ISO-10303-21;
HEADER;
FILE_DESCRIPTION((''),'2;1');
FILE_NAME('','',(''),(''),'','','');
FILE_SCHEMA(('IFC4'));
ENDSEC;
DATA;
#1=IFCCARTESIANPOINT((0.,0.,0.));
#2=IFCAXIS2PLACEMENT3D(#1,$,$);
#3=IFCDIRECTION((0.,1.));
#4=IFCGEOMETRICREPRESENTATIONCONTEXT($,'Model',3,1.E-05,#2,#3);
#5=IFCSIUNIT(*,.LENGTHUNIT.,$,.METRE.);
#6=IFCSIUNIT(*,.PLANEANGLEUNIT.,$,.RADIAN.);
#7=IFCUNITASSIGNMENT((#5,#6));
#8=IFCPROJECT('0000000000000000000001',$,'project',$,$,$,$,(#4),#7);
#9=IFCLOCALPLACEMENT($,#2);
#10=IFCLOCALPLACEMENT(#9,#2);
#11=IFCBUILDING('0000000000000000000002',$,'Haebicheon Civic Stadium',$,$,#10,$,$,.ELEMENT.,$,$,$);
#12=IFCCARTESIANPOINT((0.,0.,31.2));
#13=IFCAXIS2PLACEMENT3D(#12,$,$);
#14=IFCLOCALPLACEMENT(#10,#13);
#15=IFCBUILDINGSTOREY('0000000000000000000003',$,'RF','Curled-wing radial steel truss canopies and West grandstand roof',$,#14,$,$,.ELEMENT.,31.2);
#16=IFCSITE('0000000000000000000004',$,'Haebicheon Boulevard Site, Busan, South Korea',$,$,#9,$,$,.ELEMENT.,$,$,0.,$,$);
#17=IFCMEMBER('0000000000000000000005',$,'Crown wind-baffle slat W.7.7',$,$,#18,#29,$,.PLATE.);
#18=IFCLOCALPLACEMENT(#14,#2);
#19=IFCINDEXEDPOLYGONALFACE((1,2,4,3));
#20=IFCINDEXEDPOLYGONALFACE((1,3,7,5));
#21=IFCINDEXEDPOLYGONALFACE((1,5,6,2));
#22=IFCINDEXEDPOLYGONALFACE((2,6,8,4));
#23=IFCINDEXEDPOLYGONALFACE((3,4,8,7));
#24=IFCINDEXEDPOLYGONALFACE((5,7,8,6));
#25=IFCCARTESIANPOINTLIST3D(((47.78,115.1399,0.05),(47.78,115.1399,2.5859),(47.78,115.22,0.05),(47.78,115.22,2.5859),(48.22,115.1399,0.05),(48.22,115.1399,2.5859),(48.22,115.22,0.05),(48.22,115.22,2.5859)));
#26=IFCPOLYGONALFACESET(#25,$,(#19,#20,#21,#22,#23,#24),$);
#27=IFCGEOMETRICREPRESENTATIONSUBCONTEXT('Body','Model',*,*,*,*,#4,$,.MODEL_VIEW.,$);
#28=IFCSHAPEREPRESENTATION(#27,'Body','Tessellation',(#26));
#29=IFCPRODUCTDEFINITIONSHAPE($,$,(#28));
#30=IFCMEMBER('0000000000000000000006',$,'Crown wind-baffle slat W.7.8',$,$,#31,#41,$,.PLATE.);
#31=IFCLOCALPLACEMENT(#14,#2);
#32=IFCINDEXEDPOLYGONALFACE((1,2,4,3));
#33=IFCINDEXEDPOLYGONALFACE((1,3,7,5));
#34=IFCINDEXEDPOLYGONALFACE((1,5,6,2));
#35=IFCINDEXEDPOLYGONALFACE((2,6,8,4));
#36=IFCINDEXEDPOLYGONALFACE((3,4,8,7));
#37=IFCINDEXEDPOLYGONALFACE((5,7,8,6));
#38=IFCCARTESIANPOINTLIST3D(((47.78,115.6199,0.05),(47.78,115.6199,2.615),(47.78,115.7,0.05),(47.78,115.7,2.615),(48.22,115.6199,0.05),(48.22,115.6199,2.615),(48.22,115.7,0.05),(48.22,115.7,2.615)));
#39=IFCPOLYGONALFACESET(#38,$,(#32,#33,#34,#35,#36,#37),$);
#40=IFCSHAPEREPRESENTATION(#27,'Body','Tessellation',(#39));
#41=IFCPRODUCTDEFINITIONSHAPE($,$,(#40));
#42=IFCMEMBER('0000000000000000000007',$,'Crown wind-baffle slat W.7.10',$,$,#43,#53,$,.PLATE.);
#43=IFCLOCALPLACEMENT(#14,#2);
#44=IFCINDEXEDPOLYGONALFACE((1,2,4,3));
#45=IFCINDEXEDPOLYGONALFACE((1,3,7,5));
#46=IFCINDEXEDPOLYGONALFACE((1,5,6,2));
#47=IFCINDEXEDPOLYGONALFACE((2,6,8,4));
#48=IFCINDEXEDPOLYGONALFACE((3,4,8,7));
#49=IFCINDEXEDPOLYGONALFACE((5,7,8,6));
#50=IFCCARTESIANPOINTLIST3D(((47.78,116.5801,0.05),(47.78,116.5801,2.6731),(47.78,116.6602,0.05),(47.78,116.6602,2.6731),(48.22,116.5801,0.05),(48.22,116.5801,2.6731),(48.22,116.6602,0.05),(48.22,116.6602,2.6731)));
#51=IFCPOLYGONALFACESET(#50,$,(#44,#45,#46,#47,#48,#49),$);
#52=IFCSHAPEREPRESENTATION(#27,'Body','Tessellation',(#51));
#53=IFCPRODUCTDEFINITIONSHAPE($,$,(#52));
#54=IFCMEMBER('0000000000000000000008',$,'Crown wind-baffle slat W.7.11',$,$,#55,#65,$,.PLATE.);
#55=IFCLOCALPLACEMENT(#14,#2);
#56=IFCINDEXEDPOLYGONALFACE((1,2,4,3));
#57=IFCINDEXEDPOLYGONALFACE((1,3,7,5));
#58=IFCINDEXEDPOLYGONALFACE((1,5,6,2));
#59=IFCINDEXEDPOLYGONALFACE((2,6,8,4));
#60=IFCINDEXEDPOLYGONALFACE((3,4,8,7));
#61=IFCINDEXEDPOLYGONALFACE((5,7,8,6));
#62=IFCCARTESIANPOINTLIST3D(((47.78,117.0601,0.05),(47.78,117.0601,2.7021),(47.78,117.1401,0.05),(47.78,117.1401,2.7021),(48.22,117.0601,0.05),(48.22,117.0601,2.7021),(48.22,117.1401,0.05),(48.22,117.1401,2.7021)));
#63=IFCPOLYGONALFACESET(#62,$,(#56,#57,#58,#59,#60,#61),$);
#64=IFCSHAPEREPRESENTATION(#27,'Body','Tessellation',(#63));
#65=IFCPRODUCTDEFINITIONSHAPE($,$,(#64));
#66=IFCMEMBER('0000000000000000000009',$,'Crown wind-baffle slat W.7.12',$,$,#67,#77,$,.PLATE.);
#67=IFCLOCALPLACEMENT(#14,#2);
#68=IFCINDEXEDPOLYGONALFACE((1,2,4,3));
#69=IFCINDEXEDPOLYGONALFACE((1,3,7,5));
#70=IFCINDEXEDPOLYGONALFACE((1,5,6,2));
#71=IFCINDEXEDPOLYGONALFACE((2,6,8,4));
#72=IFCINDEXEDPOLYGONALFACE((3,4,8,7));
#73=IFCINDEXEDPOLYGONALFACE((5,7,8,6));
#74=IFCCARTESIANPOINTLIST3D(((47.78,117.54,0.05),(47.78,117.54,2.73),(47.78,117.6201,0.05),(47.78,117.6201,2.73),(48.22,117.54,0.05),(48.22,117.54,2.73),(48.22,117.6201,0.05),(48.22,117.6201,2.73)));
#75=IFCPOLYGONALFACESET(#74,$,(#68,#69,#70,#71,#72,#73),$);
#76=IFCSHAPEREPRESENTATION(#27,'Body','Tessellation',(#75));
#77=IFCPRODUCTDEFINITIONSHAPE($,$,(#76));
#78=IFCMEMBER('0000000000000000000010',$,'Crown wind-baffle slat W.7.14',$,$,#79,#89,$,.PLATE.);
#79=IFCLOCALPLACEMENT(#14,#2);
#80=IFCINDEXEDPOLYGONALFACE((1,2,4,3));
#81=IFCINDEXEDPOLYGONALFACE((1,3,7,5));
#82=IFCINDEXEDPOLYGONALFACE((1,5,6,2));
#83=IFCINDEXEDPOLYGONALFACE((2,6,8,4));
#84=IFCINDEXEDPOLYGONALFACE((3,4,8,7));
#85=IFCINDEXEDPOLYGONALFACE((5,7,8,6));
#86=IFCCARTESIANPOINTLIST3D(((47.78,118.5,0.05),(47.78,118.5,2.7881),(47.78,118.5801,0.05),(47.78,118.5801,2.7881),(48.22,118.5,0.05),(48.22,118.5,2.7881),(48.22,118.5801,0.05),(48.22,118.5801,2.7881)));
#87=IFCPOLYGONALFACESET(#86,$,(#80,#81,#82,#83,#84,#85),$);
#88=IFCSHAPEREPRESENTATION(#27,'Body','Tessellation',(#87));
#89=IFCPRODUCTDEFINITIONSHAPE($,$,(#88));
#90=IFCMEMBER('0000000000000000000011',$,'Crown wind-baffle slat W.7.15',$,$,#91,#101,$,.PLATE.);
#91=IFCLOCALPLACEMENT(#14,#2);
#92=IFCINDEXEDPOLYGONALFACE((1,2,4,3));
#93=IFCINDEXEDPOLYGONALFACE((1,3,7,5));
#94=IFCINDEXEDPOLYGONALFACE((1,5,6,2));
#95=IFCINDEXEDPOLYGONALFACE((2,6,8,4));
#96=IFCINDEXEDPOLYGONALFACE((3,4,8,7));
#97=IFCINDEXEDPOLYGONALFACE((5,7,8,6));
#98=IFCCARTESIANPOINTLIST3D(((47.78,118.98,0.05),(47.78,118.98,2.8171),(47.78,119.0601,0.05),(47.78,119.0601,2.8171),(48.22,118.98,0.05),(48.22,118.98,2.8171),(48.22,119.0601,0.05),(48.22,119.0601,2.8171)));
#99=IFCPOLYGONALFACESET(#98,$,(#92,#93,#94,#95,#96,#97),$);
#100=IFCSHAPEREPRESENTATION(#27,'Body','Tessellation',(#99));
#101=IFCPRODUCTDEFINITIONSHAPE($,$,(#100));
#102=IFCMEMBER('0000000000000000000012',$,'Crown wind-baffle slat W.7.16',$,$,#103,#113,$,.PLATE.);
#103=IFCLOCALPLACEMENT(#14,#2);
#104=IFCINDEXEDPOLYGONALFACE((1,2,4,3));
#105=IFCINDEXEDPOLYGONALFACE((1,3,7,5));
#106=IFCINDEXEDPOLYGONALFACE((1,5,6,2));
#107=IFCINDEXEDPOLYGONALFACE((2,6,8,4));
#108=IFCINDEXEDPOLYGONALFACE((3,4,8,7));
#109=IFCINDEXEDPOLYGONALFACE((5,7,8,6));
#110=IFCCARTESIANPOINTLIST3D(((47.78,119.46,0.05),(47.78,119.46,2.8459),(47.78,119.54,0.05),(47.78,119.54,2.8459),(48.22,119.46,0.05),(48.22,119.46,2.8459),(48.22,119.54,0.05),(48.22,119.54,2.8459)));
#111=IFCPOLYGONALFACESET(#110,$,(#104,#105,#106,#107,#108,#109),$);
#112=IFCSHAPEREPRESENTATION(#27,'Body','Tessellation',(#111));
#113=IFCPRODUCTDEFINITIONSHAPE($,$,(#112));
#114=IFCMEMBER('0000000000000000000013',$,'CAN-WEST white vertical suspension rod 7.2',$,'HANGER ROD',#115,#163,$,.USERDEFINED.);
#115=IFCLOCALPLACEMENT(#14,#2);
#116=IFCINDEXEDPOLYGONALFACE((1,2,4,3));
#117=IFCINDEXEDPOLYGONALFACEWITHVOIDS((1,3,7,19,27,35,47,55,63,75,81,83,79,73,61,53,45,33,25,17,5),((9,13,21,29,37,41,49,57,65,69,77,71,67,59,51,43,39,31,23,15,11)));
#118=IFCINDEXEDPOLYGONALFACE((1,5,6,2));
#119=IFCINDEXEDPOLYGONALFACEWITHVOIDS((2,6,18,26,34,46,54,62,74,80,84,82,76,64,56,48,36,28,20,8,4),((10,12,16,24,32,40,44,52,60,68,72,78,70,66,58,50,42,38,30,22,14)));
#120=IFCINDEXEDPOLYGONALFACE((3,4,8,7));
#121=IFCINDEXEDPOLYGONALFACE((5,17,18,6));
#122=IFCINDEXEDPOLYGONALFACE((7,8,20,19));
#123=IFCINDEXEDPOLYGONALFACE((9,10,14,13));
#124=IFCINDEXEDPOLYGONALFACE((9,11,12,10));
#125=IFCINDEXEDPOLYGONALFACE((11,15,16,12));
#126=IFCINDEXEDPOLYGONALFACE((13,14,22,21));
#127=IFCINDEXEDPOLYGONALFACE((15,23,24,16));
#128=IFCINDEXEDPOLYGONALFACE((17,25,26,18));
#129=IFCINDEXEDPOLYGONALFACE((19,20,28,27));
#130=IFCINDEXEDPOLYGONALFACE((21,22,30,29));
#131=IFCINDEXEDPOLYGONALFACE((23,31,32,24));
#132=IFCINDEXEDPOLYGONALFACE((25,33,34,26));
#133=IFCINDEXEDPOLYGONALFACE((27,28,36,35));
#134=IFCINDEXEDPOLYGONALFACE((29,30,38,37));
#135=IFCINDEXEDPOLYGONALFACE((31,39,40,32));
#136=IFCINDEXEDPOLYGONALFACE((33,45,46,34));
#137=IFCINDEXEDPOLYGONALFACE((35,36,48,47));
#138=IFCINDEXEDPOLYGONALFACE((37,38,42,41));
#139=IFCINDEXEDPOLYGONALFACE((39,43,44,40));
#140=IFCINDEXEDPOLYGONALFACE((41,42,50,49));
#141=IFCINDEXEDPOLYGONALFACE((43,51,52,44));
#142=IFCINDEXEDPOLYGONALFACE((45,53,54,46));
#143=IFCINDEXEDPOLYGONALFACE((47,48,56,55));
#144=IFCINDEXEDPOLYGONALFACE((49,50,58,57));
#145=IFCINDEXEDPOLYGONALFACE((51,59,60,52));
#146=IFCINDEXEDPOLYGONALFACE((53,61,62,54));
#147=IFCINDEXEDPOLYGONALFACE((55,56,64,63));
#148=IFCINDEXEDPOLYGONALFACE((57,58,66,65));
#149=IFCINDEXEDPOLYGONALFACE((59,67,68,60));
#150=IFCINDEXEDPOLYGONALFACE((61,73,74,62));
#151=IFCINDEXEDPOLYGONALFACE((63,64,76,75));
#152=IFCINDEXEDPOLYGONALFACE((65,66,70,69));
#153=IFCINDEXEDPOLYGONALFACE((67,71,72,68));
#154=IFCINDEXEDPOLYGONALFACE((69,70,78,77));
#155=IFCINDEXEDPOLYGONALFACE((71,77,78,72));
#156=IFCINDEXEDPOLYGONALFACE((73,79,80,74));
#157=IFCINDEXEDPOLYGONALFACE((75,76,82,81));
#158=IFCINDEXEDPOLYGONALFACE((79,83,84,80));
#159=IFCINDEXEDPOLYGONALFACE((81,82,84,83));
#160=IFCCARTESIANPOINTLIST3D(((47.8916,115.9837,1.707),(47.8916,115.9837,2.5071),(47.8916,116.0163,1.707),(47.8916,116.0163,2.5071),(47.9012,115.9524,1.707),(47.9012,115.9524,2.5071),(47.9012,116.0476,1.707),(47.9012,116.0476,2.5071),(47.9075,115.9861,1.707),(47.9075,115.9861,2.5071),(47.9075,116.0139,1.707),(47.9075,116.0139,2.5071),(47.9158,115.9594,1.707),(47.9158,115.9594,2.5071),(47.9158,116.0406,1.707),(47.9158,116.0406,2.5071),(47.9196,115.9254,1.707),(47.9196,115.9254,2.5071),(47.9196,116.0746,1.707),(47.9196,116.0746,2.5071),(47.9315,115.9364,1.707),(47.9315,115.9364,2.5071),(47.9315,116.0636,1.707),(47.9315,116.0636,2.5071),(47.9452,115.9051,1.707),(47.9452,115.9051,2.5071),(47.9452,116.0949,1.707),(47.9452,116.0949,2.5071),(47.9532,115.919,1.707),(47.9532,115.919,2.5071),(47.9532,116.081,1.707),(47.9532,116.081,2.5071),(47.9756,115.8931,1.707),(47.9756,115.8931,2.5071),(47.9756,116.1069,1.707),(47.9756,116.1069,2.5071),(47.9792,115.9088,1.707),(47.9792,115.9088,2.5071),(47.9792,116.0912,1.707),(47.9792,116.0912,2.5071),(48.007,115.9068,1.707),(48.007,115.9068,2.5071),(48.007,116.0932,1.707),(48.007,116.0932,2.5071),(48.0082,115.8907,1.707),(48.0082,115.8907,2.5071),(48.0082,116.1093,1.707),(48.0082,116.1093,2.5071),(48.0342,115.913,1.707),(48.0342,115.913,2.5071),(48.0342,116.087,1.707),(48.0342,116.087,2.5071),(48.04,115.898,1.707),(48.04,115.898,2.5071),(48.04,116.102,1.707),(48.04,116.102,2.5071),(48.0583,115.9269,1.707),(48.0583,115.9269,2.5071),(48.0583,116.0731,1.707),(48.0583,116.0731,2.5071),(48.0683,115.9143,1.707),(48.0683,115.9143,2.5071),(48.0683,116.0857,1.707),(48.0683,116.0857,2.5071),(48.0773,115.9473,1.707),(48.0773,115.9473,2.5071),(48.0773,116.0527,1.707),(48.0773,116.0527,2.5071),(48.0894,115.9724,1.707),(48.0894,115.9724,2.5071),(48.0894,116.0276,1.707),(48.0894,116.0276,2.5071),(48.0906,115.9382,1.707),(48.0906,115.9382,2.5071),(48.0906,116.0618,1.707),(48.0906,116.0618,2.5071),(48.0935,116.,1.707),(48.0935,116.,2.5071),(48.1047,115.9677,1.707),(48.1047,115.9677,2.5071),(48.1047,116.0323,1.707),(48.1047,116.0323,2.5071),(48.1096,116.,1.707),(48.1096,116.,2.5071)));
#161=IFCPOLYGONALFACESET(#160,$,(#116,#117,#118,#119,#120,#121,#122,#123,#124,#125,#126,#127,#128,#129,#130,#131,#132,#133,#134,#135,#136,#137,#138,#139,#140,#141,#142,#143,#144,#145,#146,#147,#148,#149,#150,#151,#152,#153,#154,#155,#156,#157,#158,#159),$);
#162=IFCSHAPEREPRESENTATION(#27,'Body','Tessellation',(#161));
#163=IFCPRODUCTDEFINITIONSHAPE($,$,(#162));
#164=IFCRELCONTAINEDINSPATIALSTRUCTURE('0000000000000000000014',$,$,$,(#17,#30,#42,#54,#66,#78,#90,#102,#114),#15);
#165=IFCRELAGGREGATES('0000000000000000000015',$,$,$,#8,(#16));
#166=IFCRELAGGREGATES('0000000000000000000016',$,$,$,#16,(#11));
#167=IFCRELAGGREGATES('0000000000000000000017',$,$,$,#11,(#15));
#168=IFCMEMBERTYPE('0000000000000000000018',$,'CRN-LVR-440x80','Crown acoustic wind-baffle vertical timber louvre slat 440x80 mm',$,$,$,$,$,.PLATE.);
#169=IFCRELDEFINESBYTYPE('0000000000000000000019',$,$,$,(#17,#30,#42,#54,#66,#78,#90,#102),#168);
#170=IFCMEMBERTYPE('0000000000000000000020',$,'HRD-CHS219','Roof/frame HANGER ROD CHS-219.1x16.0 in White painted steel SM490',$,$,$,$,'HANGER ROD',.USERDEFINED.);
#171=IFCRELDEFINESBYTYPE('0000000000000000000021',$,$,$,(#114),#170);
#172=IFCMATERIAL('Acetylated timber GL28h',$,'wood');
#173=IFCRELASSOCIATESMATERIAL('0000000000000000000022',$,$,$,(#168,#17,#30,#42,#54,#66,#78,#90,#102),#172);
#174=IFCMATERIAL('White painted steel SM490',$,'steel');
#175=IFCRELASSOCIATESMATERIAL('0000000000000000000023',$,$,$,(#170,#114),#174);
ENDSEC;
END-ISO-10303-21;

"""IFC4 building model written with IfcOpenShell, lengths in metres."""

from ifc_helpers import new_model, si_unit, direction, frame, origin, origin_2d, place, context, subcontext, project, spatial, rectangle, hollow_circle, extrude, material, material_profile, profile_set, type_object, element, save


model = new_model("IFC4")

# Units and contexts
model_context = context("Model", 3, precision=1e-05, world=origin(), true_north=direction((0.0, 1.0)))
body_context = subcontext(model_context, "Body", "Model", "MODEL_VIEW")
ifc_project = project(units=[si_unit("LENGTHUNIT", "METRE"), si_unit("PLANEANGLEUNIT", "RADIAN")], contexts=[model_context])

# Site, building, storey
site_placement = place(None, origin())
site = spatial("IfcSite", under=ifc_project, at=site_placement, Name="Haebicheon Boulevard Site, Busan, South Korea", CompositionType="ELEMENT", RefElevation=0.0)
building_placement = place(site_placement, origin())
building = spatial("IfcBuilding", under=site, at=building_placement, Name="Haebicheon Civic Stadium", CompositionType="ELEMENT")
storey_placement = place(building_placement, frame((0.0, 0.0, 31.2)))
storey = spatial("IfcBuildingStorey", under=building, at=storey_placement, Name="RF", Description="Curled-wing radial steel truss canopies and West grandstand roof", CompositionType="ELEMENT", Elevation=31.2)

# Members
ifc_material_1 = material(Name="Acetylated timber GL28h", Category="wood")
ifc_material_profile_1 = material_profile(ifc_material_1, rectangle(XDim=0.0801, YDim=0.4399, at=origin_2d()), Name="TMB-LOUV-80x440")
ifc_profile_set_1 = profile_set([ifc_material_profile_1], Name="Acetylated timber GL28h")
member_type_1 = type_object("IfcMemberType", Name="CRN-LVR-440x80", Description="Crown acoustic wind-baffle vertical timber louvre slat 440x80 mm", PredefinedType="PLATE", material=ifc_profile_set_1)
member_1_placement = place(storey_placement, frame((48.0, 115.1799, 0.05), z_axis=(0.0, 0.0, 1.0), x_axis=(0.0, 1.0, 0.0)))
element("IfcMember", 1, at=member_1_placement, inside=storey, type_object=member_type_1, material=ifc_profile_set_1, Name="Crown wind-baffle slat W.7.7", PredefinedType="PLATE", context=body_context, shape_type="SweptSolid", body=[
    extrude(rectangle(XDim=0.0801, YDim=0.4399, at=origin_2d()), origin(), (0.0, 0.0, 1.0), 2.5359),
])
member_2_placement = place(storey_placement, frame((48.0, 115.6599, 0.05), z_axis=(0.0, 0.0, 1.0), x_axis=(0.0, 1.0, 0.0)))
element("IfcMember", 2, at=member_2_placement, inside=storey, type_object=member_type_1, material=ifc_profile_set_1, Name="Crown wind-baffle slat W.7.8", PredefinedType="PLATE", context=body_context, shape_type="SweptSolid", body=[
    extrude(rectangle(XDim=0.0801, YDim=0.4399, at=origin_2d()), origin(), (0.0, 0.0, 1.0), 2.5649),
])
member_3_placement = place(storey_placement, frame((48.0, 116.6201, 0.05), z_axis=(0.0, 0.0, 1.0), x_axis=(0.0, 1.0, 0.0)))
element("IfcMember", 3, at=member_3_placement, inside=storey, type_object=member_type_1, material=ifc_profile_set_1, Name="Crown wind-baffle slat W.7.10", PredefinedType="PLATE", context=body_context, shape_type="SweptSolid", body=[
    extrude(rectangle(XDim=0.0801, YDim=0.4399, at=origin_2d()), origin(), (0.0, 0.0, 1.0), 2.623),
])
member_4_placement = place(storey_placement, frame((48.0, 117.1001, 0.05), z_axis=(0.0, 0.0, 1.0), x_axis=(0.0, 1.0, 0.0)))
element("IfcMember", 4, at=member_4_placement, inside=storey, type_object=member_type_1, material=ifc_profile_set_1, Name="Crown wind-baffle slat W.7.11", PredefinedType="PLATE", context=body_context, shape_type="SweptSolid", body=[
    extrude(rectangle(XDim=0.0801, YDim=0.4399, at=origin_2d()), origin(), (0.0, 0.0, 1.0), 2.6521),
])
member_5_placement = place(storey_placement, frame((48.0, 117.5801, 0.05), z_axis=(0.0, 0.0, 1.0), x_axis=(0.0, 1.0, 0.0)))
element("IfcMember", 5, at=member_5_placement, inside=storey, type_object=member_type_1, material=ifc_profile_set_1, Name="Crown wind-baffle slat W.7.12", PredefinedType="PLATE", context=body_context, shape_type="SweptSolid", body=[
    extrude(rectangle(XDim=0.0801, YDim=0.4399, at=origin_2d()), origin(), (0.0, 0.0, 1.0), 2.6799),
])
member_6_placement = place(storey_placement, frame((48.0, 118.54, 0.05), z_axis=(0.0, 0.0, 1.0), x_axis=(0.0, 1.0, 0.0)))
element("IfcMember", 6, at=member_6_placement, inside=storey, type_object=member_type_1, material=ifc_profile_set_1, Name="Crown wind-baffle slat W.7.14", PredefinedType="PLATE", context=body_context, shape_type="SweptSolid", body=[
    extrude(rectangle(XDim=0.0801, YDim=0.4399, at=origin_2d()), origin(), (0.0, 0.0, 1.0), 2.738),
])
member_7_placement = place(storey_placement, frame((48.0, 119.02, 0.05), z_axis=(0.0, 0.0, 1.0), x_axis=(0.0, 1.0, 0.0)))
element("IfcMember", 7, at=member_7_placement, inside=storey, type_object=member_type_1, material=ifc_profile_set_1, Name="Crown wind-baffle slat W.7.15", PredefinedType="PLATE", context=body_context, shape_type="SweptSolid", body=[
    extrude(rectangle(XDim=0.0801, YDim=0.4399, at=origin_2d()), origin(), (0.0, 0.0, 1.0), 2.7671),
])
member_8_placement = place(storey_placement, frame((48.0, 119.5, 0.05), z_axis=(0.0, 0.0, 1.0), x_axis=(0.0, 1.0, 0.0)))
element("IfcMember", 8, at=member_8_placement, inside=storey, type_object=member_type_1, material=ifc_profile_set_1, Name="Crown wind-baffle slat W.7.16", PredefinedType="PLATE", context=body_context, shape_type="SweptSolid", body=[
    extrude(rectangle(XDim=0.0801, YDim=0.4399, at=origin_2d()), origin(), (0.0, 0.0, 1.0), 2.7959),
])
ifc_material_2 = material(Name="White painted steel SM490", Category="steel")
ifc_material_profile_2 = material_profile(ifc_material_2, hollow_circle(Radius=0.1096, WallThickness=0.0161, at=origin_2d()), Name="CHS-219.1x16.0")
ifc_profile_set_2 = profile_set([ifc_material_profile_2], Name="White painted steel SM490")
member_type_2 = type_object("IfcMemberType", Name="HRD-CHS219", Description="Roof/frame HANGER ROD CHS-219.1x16.0 in White painted steel SM490", ElementType="HANGER ROD", PredefinedType="USERDEFINED", material=ifc_profile_set_2)
member_9_placement = place(storey_placement, frame((48.0, 116.0, 1.707), z_axis=(0.0, 0.0, 1.0), x_axis=(1.0, 0.0, 0.0)))
element("IfcMember", 9, at=member_9_placement, inside=storey, type_object=member_type_2, material=ifc_profile_set_2, Name="CAN-WEST white vertical suspension rod 7.2", ObjectType="HANGER ROD", PredefinedType="USERDEFINED", context=body_context, shape_type="SweptSolid", body=[
    extrude(hollow_circle(Radius=0.1096, WallThickness=0.0161, at=origin_2d()), origin(), (0.0, 0.0, 1.0), 0.8),
])

save(model, "model.ifc")
